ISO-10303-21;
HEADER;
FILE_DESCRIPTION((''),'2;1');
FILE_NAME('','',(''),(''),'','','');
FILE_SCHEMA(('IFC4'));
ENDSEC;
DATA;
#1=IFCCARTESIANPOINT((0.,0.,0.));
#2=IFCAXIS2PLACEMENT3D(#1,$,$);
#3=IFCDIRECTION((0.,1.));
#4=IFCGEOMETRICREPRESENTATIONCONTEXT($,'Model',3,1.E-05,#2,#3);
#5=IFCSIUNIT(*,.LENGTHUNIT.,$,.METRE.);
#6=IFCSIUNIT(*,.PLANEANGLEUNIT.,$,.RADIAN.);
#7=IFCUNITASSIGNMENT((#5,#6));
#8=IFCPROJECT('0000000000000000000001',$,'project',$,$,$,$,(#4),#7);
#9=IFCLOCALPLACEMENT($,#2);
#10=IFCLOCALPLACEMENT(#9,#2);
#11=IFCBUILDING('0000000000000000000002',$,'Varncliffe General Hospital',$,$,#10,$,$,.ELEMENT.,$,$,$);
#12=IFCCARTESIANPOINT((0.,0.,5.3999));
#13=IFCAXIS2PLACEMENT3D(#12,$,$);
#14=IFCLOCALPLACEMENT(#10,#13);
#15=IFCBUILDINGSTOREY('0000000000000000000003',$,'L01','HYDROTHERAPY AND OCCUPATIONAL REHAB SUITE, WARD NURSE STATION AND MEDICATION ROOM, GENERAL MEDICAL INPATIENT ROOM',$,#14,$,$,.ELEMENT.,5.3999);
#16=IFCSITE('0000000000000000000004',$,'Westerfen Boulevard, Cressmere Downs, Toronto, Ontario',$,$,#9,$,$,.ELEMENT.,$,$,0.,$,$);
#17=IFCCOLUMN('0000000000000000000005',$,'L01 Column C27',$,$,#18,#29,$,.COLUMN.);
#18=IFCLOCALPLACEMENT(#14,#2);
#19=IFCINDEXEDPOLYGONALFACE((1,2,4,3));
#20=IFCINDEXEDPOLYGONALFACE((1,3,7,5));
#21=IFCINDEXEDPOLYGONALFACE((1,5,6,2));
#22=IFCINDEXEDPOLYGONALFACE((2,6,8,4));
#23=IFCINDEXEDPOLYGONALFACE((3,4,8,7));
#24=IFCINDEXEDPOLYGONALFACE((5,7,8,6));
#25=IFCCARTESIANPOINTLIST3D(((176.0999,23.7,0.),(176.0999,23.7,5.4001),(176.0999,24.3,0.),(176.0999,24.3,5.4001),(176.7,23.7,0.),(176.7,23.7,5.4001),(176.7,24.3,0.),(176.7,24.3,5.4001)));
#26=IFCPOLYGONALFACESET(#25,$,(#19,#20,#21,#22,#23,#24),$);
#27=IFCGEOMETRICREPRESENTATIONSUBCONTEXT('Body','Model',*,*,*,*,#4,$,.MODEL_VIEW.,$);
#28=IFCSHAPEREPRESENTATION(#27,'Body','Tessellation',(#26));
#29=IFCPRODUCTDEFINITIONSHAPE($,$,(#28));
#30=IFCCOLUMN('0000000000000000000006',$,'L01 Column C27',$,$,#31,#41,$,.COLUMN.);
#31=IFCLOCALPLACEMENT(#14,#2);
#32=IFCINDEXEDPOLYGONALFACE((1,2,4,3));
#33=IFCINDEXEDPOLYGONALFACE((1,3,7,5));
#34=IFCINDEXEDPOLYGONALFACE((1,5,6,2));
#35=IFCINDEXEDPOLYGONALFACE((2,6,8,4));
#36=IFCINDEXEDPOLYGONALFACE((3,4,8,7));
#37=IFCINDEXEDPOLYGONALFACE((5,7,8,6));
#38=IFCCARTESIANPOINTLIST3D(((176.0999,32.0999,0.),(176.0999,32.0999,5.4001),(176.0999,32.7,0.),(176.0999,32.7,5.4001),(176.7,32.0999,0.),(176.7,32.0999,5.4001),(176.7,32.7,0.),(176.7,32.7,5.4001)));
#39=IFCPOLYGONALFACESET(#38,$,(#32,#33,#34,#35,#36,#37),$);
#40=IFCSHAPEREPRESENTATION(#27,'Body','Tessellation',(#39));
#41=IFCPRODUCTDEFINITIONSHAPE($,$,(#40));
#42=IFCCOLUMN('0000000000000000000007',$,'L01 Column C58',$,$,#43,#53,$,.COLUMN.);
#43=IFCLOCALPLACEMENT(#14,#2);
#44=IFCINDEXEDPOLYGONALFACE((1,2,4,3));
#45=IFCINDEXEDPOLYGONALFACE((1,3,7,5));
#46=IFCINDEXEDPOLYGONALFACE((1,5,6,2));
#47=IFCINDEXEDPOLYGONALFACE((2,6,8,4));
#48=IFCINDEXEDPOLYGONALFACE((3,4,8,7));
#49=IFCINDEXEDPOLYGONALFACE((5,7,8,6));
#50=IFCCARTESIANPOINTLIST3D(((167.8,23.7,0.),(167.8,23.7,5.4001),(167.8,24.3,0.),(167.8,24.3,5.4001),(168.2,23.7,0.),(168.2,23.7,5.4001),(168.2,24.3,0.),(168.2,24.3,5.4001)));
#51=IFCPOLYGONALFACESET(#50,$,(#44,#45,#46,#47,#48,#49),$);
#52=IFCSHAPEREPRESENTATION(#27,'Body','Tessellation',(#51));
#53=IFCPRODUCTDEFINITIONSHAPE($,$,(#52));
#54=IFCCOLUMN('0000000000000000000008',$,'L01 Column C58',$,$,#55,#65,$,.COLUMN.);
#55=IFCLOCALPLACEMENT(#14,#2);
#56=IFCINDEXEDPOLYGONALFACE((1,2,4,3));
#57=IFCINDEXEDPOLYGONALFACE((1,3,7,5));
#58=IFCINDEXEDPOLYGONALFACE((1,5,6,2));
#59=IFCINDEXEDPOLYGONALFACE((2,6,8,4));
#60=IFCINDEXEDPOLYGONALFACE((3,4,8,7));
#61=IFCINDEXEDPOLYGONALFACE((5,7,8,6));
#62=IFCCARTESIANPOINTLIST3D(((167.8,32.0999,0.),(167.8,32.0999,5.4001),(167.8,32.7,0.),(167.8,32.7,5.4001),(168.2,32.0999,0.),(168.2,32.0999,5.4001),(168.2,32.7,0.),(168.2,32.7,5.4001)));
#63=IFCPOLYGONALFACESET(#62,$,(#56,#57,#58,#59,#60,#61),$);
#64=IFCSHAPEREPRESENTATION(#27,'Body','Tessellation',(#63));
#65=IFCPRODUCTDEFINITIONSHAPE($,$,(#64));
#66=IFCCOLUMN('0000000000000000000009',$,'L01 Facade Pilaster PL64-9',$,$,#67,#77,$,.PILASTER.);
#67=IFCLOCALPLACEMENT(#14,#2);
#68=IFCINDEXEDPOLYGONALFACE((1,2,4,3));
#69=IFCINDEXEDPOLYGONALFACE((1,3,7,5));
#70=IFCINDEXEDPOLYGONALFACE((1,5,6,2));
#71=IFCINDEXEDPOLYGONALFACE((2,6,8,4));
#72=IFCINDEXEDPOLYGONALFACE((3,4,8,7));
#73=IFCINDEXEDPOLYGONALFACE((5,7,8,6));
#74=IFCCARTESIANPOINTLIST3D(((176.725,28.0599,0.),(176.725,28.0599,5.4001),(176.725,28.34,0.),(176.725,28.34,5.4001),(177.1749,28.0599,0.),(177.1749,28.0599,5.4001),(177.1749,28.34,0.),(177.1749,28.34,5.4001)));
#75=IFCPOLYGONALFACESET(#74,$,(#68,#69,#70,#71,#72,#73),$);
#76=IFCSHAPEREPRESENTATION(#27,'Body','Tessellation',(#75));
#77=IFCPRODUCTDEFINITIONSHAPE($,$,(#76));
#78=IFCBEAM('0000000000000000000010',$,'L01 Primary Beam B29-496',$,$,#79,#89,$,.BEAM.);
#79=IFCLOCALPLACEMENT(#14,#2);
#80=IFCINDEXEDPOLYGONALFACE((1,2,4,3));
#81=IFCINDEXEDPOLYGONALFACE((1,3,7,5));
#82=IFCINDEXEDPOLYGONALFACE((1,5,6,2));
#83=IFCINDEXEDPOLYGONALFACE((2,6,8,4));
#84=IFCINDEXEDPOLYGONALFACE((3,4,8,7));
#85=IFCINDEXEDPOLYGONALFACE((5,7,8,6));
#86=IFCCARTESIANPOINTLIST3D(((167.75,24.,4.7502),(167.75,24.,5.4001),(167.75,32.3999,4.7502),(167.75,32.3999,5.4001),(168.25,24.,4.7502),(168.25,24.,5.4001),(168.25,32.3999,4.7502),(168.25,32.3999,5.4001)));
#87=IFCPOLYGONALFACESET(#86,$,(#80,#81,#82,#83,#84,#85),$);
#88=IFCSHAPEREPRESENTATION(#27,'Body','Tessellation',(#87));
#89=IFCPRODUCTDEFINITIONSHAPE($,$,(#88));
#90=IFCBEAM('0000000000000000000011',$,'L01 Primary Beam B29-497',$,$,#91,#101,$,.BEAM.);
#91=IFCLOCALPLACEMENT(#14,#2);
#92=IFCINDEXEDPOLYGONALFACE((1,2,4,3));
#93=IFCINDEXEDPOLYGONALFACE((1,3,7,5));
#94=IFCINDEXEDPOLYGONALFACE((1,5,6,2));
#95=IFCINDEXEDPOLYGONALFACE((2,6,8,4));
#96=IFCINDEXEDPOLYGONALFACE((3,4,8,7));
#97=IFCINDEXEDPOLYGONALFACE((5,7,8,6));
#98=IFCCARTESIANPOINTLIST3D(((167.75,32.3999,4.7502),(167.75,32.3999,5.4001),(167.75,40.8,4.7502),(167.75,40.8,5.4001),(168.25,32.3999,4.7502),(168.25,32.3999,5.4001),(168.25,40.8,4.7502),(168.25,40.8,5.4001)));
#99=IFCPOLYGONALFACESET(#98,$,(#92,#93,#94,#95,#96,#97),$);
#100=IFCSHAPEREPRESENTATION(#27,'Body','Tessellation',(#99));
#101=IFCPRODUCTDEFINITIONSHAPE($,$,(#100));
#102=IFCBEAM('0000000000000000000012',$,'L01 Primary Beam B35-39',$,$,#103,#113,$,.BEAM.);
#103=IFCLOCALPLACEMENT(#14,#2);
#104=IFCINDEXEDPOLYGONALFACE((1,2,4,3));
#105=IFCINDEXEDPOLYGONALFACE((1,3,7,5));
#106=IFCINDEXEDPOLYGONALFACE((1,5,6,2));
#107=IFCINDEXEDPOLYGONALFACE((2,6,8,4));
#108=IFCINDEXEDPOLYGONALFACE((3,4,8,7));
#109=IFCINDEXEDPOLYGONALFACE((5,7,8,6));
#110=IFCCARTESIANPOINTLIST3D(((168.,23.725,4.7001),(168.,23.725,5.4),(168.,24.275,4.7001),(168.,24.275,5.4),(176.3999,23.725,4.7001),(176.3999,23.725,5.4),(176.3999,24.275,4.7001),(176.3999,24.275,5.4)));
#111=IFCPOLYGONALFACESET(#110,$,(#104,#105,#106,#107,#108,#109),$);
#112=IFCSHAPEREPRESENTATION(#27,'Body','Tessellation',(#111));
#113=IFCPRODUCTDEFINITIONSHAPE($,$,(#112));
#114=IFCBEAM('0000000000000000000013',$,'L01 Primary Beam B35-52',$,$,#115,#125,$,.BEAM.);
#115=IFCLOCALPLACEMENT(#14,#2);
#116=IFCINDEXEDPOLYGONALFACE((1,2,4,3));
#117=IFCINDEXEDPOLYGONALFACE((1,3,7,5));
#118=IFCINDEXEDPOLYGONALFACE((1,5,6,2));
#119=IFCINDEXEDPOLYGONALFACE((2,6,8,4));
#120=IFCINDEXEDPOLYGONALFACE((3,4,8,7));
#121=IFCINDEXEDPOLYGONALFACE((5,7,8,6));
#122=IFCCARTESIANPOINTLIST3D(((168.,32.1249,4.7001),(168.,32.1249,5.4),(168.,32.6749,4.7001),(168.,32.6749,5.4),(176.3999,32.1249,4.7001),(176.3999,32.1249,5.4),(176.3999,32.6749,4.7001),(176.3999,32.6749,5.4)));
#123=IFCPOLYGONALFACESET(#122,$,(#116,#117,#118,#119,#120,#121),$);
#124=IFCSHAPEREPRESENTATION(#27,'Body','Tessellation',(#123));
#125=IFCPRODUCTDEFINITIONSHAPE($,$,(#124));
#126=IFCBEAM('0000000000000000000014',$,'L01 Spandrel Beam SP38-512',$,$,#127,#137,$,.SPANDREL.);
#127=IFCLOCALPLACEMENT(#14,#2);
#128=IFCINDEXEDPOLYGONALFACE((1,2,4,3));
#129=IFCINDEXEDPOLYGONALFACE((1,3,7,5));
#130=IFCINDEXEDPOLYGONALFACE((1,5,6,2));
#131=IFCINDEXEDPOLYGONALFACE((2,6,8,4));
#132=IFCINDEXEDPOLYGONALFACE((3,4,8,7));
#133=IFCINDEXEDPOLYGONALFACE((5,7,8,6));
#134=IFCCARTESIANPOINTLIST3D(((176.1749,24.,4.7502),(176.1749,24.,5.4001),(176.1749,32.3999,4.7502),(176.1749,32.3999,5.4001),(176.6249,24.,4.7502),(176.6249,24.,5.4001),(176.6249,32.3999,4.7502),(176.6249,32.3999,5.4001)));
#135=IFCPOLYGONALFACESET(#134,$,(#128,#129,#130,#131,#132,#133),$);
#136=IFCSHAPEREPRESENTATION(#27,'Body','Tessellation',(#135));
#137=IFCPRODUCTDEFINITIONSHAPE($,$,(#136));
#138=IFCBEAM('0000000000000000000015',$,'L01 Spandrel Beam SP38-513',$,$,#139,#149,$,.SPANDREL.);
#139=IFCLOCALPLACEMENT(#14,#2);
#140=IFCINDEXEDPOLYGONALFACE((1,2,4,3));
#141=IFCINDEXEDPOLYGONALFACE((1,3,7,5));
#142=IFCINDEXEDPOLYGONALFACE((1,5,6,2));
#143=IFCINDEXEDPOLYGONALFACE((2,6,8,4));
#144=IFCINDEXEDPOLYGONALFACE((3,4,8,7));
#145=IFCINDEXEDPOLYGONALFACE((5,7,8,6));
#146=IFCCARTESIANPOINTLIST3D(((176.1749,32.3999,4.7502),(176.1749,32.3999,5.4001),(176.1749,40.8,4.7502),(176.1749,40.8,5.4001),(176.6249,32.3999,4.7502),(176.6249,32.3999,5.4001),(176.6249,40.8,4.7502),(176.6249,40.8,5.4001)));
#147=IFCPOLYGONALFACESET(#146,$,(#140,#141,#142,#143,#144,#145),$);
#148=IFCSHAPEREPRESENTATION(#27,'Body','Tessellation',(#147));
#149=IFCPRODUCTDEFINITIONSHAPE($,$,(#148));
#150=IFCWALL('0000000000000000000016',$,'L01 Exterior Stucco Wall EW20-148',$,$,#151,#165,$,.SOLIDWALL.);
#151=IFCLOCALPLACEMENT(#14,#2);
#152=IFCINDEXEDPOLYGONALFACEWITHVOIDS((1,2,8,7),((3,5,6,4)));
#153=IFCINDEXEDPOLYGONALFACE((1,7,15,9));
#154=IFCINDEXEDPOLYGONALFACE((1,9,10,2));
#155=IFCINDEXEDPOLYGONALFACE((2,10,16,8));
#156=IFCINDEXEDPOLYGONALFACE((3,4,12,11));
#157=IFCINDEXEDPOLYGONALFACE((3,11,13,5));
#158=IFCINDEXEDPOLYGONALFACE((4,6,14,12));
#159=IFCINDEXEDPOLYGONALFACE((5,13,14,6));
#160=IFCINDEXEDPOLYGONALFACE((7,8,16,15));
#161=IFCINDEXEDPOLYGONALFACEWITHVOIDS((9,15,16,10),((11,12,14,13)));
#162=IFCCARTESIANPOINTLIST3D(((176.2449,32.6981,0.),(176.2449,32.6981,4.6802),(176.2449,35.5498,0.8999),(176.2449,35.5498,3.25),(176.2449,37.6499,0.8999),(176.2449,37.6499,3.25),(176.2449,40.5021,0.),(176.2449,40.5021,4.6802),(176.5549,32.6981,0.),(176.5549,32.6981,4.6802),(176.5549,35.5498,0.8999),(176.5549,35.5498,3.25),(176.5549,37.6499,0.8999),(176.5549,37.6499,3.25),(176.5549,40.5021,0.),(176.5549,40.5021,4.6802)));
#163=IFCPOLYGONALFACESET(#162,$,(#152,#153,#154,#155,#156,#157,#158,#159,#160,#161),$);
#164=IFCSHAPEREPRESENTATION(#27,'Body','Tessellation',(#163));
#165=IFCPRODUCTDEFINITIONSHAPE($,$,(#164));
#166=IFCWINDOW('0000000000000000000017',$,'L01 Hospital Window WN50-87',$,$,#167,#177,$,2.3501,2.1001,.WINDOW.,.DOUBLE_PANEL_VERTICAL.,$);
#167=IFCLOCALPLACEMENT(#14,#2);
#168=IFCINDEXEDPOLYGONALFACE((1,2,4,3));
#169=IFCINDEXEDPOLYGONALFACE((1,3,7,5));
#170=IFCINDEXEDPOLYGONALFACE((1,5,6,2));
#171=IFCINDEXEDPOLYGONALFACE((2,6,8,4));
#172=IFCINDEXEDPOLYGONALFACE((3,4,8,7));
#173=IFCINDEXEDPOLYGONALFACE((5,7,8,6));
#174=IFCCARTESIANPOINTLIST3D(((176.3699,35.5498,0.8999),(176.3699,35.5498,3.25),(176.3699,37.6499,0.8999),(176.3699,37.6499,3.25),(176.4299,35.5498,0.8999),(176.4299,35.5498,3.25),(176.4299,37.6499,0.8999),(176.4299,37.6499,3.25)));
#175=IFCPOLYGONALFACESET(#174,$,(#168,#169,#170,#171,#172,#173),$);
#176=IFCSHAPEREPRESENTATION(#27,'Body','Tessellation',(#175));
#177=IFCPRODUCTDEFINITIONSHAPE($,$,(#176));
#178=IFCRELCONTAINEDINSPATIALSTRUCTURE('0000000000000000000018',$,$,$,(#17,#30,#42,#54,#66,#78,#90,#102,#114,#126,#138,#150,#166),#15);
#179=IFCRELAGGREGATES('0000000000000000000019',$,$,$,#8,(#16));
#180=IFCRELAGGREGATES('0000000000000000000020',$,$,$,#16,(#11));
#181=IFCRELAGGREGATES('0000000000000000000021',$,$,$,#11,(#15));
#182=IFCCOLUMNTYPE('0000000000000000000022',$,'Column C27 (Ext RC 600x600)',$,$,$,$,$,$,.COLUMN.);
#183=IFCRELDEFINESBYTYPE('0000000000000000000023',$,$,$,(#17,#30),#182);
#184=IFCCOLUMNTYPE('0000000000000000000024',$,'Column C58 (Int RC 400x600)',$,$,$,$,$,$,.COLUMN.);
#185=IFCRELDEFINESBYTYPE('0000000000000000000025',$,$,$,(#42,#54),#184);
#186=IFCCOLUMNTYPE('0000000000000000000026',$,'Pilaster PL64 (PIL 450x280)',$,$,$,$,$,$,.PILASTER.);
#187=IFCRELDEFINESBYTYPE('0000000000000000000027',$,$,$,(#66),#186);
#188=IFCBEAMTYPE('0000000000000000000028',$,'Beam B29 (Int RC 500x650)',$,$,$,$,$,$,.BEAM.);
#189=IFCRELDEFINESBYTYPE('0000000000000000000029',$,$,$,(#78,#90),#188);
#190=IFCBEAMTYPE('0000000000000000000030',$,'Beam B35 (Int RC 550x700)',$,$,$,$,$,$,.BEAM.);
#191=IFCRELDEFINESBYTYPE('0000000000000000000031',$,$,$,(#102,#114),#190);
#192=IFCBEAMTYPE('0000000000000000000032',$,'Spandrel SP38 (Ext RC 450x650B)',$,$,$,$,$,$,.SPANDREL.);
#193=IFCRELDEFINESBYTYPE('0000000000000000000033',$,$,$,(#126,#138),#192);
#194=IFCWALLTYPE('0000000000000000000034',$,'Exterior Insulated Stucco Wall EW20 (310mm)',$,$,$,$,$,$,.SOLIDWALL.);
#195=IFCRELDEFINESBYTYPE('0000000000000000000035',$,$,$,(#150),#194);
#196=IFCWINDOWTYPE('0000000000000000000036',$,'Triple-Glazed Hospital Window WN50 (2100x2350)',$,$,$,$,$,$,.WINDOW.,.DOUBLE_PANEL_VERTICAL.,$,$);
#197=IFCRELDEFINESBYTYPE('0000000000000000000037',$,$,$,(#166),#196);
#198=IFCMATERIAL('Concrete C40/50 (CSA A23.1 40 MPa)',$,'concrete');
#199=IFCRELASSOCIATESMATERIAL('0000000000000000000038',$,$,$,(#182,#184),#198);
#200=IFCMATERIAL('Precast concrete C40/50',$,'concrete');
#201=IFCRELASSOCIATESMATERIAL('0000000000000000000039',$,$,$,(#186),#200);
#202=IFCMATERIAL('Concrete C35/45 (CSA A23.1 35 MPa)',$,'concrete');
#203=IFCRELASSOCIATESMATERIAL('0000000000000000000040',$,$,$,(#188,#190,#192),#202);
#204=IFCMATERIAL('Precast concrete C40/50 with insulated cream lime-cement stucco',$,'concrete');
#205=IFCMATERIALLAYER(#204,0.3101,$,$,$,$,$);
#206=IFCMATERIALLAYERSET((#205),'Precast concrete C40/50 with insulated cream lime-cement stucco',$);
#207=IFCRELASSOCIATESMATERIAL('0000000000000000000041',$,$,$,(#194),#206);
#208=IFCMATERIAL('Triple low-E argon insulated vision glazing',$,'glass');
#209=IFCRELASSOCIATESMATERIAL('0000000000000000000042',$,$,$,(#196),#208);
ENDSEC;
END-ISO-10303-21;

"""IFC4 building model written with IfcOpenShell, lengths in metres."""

from ifc_helpers import new_model, si_unit, direction, frame, frame_2d, origin, origin_2d, place, context, subcontext, project, spatial, rectangle, extrude, material, layer, layer_set, material_profile, profile_set, type_object, element, fill, save


model = new_model("IFC4")

# Units and contexts
model_context = context("Model", 3, precision=1e-05, world=origin(), true_north=direction((0.0, 1.0)))
body_context = subcontext(model_context, "Body", "Model", "MODEL_VIEW")
ifc_project = project(units=[si_unit("LENGTHUNIT", "METRE"), si_unit("PLANEANGLEUNIT", "RADIAN")], contexts=[model_context])

# Site, building, storey
site_placement = place(None, origin())
site = spatial("IfcSite", under=ifc_project, at=site_placement, Name="Westerfen Boulevard, Cressmere Downs, Toronto, Ontario", CompositionType="ELEMENT", RefElevation=0.0)
building_placement = place(site_placement, origin())
building = spatial("IfcBuilding", under=site, at=building_placement, Name="Varncliffe General Hospital", CompositionType="ELEMENT")
storey_placement = place(building_placement, frame((0.0, 0.0, 5.3999)))
storey = spatial("IfcBuildingStorey", under=building, at=storey_placement, Name="L01", Description="HYDROTHERAPY AND OCCUPATIONAL REHAB SUITE, WARD NURSE STATION AND MEDICATION ROOM, GENERAL MEDICAL INPATIENT ROOM", CompositionType="ELEMENT", Elevation=5.3999)

# Columns
ifc_material_1 = material(Name="Concrete C40/50 (CSA A23.1 40 MPa)", Category="concrete")
ifc_material_profile_1 = material_profile(ifc_material_1, rectangle(XDim=0.6001, YDim=0.6001, at=origin_2d()), Name="RC 600x600")
ifc_profile_set_1 = profile_set([ifc_material_profile_1], Name="Concrete C40/50 (CSA A23.1 40 MPa)")
column_type_1 = type_object("IfcColumnType", Name="Column C27 (Ext RC 600x600)", PredefinedType="COLUMN", material=ifc_profile_set_1)
for number, where, z_axis, x_axis, name in (
    (1, (176.3999, 24.0, 0.0), (0.0, 0.0, 1.0), (1.0, 0.0, 0.0), "L01 Column C27"),
    (2, (176.3999, 32.3999, 0.0), (0.0, 0.0, 1.0), (1.0, 0.0, 0.0), "L01 Column C27"),
):
    element("IfcColumn", number, at=place(storey_placement, frame(where, z_axis=z_axis, x_axis=x_axis)), inside=storey, type_object=column_type_1, Name=name, PredefinedType="COLUMN", context=body_context, shape_type="SweptSolid", body=[
        extrude(rectangle(XDim=0.6001, YDim=0.6001, at=origin_2d()), origin(), (0.0, 0.0, 1.0), 5.4001),
    ])
ifc_material_profile_2 = material_profile(ifc_material_1, rectangle(XDim=0.3999, YDim=0.6001, at=origin_2d()), Name="RC 400x600")
ifc_profile_set_2 = profile_set([ifc_material_profile_2], Name="Concrete C40/50 (CSA A23.1 40 MPa)")
column_type_2 = type_object("IfcColumnType", Name="Column C58 (Int RC 400x600)", PredefinedType="COLUMN", material=ifc_profile_set_2)
for number, where, z_axis, x_axis, name in (
    (3, (168.0, 24.0, 0.0), (0.0, 0.0, 1.0), (1.0, 0.0, 0.0), "L01 Column C58"),
    (4, (168.0, 32.3999, 0.0), (0.0, 0.0, 1.0), (1.0, 0.0, 0.0), "L01 Column C58"),
):
    element("IfcColumn", number, at=place(storey_placement, frame(where, z_axis=z_axis, x_axis=x_axis)), inside=storey, type_object=column_type_2, Name=name, PredefinedType="COLUMN", context=body_context, shape_type="SweptSolid", body=[
        extrude(rectangle(XDim=0.3999, YDim=0.6001, at=origin_2d()), origin(), (0.0, 0.0, 1.0), 5.4001),
    ])
ifc_material_2 = material(Name="Precast concrete C40/50", Category="concrete")
ifc_material_profile_3 = material_profile(ifc_material_2, rectangle(XDim=0.45, YDim=0.28, at=origin_2d()), Name="PIL 450x280")
ifc_profile_set_3 = profile_set([ifc_material_profile_3], Name="Precast concrete C40/50")
column_type_3 = type_object("IfcColumnType", Name="Pilaster PL64 (PIL 450x280)", PredefinedType="PILASTER", material=ifc_profile_set_3)
column_placement = place(storey_placement, frame((176.95, 28.2, 0.0), z_axis=(0.0, 0.0, 1.0), x_axis=(1.0, 0.0, 0.0)))
element("IfcColumn", 5, at=column_placement, inside=storey, type_object=column_type_3, Name="L01 Facade Pilaster PL64-9", PredefinedType="PILASTER", context=body_context, shape_type="SweptSolid", body=[
    extrude(rectangle(XDim=0.45, YDim=0.28, at=origin_2d()), origin(), (0.0, 0.0, 1.0), 5.4001),
])

# Beams
ifc_material_3 = material(Name="Concrete C35/45 (CSA A23.1 35 MPa)", Category="concrete")
ifc_material_profile_4 = material_profile(ifc_material_3, rectangle(XDim=0.5, YDim=0.6499, at=origin_2d()), Name="RC 500x650")
ifc_profile_set_4 = profile_set([ifc_material_profile_4], Name="Concrete C35/45 (CSA A23.1 35 MPa)")
beam_type_1 = type_object("IfcBeamType", Name="Beam B29 (Int RC 500x650)", PredefinedType="BEAM", material=ifc_profile_set_4)
beam_1_placement = place(storey_placement, frame((168.0, 24.0, 5.0752), z_axis=(0.0, 1.0, 0.0), x_axis=(-1.0, 0.0, 0.0)))
element("IfcBeam", 6, at=beam_1_placement, inside=storey, type_object=beam_type_1, Name="L01 Primary Beam B29-496", PredefinedType="BEAM", context=body_context, shape_type="SweptSolid", body=[
    extrude(rectangle(XDim=0.5, YDim=0.6499, at=origin_2d()), origin(), (0.0, 0.0, 1.0), 8.3999),
])
beam_2_placement = place(storey_placement, frame((168.0, 32.3999, 5.0752), z_axis=(0.0, 1.0, 0.0), x_axis=(-1.0, 0.0, 0.0)))
element("IfcBeam", 7, at=beam_2_placement, inside=storey, type_object=beam_type_1, Name="L01 Primary Beam B29-497", PredefinedType="BEAM", context=body_context, shape_type="SweptSolid", body=[
    extrude(rectangle(XDim=0.5, YDim=0.6499, at=origin_2d()), origin(), (0.0, 0.0, 1.0), 8.4001),
])
ifc_material_profile_5 = material_profile(ifc_material_3, rectangle(XDim=0.55, YDim=0.7, at=origin_2d()), Name="RC 550x700")
ifc_profile_set_5 = profile_set([ifc_material_profile_5], Name="Concrete C35/45 (CSA A23.1 35 MPa)")
beam_type_2 = type_object("IfcBeamType", Name="Beam B35 (Int RC 550x700)", PredefinedType="BEAM", material=ifc_profile_set_5)
for number, where, z_axis, x_axis, name in (
    (8, (168.0, 24.0, 5.05), (1.0, 0.0, 0.0), (0.0, 1.0, 0.0), "L01 Primary Beam B35-39"),
    (9, (168.0, 32.3999, 5.05), (1.0, 0.0, 0.0), (0.0, 1.0, 0.0), "L01 Primary Beam B35-52"),
):
    element("IfcBeam", number, at=place(storey_placement, frame(where, z_axis=z_axis, x_axis=x_axis)), inside=storey, type_object=beam_type_2, Name=name, PredefinedType="BEAM", context=body_context, shape_type="SweptSolid", body=[
        extrude(rectangle(XDim=0.55, YDim=0.7, at=origin_2d()), origin(), (0.0, 0.0, 1.0), 8.3999),
    ])
ifc_material_profile_6 = material_profile(ifc_material_3, rectangle(XDim=0.45, YDim=0.6499, at=origin_2d()), Name="RC 450x650")
ifc_profile_set_6 = profile_set([ifc_material_profile_6], Name="Concrete C35/45 (CSA A23.1 35 MPa)")
beam_type_3 = type_object("IfcBeamType", Name="Spandrel SP38 (Ext RC 450x650B)", PredefinedType="SPANDREL", material=ifc_profile_set_6)
beam_3_placement = place(storey_placement, frame((176.3999, 24.0, 5.0752), z_axis=(0.0, 1.0, 0.0), x_axis=(-1.0, 0.0, 0.0)))
element("IfcBeam", 10, at=beam_3_placement, inside=storey, type_object=beam_type_3, Name="L01 Spandrel Beam SP38-512", PredefinedType="SPANDREL", context=body_context, shape_type="SweptSolid", body=[
    extrude(rectangle(XDim=0.45, YDim=0.6499, at=origin_2d()), origin(), (0.0, 0.0, 1.0), 8.3999),
])
beam_4_placement = place(storey_placement, frame((176.3999, 32.3999, 5.0752), z_axis=(0.0, 1.0, 0.0), x_axis=(-1.0, 0.0, 0.0)))
element("IfcBeam", 11, at=beam_4_placement, inside=storey, type_object=beam_type_3, Name="L01 Spandrel Beam SP38-513", PredefinedType="SPANDREL", context=body_context, shape_type="SweptSolid", body=[
    extrude(rectangle(XDim=0.45, YDim=0.6499, at=origin_2d()), origin(), (0.0, 0.0, 1.0), 8.4001),
])

# Wall, opening, window
ifc_material_4 = material(Name="Precast concrete C40/50 with insulated cream lime-cement stucco", Category="concrete")
ifc_layer_1 = layer(ifc_material_4, 0.3101)
ifc_layer_set_1 = layer_set([ifc_layer_1], Name="Precast concrete C40/50 with insulated cream lime-cement stucco")
wall_type_1 = type_object("IfcWallType", Name="Exterior Insulated Stucco Wall EW20 (310mm)", PredefinedType="SOLIDWALL", material=ifc_layer_set_1)
wall_1_placement = place(storey_placement, frame((176.3999, 40.502, 0.0), z_axis=(0.0, 0.0, 1.0), x_axis=(0.0, -1.0, 0.0)))
wall_1 = element("IfcWall", 12, at=wall_1_placement, inside=storey, type_object=wall_type_1, Name="L01 Exterior Stucco Wall EW20-148", PredefinedType="SOLIDWALL", context=body_context, shape_type="SweptSolid", body=[
    extrude(rectangle(XDim=7.804, YDim=0.3101, at=frame_2d((3.9019, 0.0))), origin(), (0.0, 0.0, 1.0), 4.6802),
])
opening_1_placement = place(wall_1_placement, frame((2.8521, 0.0, 0.8999)))
opening_1 = element("IfcOpeningElement", 13, at=opening_1_placement, cuts=wall_1, PredefinedType="OPENING", context=body_context, shape_type="SweptSolid", body=[
    extrude(rectangle(XDim=2.1001, YDim=2.3501, at=frame_2d((1.05, 1.175))), frame((0.0, 0.165, 0.0), z_axis=(0.0, -1.0, 0.0), x_axis=(1.0, 0.0, 0.0)), (0.0, 0.0, 1.0), 0.3301),
])
ifc_material_5 = material(Name="Triple low-E argon insulated vision glazing", Category="glass")
window_type_1 = type_object("IfcWindowType", Name="Triple-Glazed Hospital Window WN50 (2100x2350)", PartitioningType="DOUBLE_PANEL_VERTICAL", PredefinedType="WINDOW", material=ifc_material_5)
window_1_placement = place(opening_1_placement, origin())
window_1 = element("IfcWindow", 14, at=window_1_placement, inside=storey, type_object=window_type_1, Name="L01 Hospital Window WN50-87", OverallHeight=2.3501, OverallWidth=2.1001, PartitioningType="DOUBLE_PANEL_VERTICAL", PredefinedType="WINDOW", context=body_context, shape_type="SweptSolid", body=[
    extrude(rectangle(XDim=2.1001, YDim=2.3501, at=frame_2d((1.05, 1.175))), frame((0.0, 0.03, 0.0), z_axis=(0.0, -1.0, 0.0), x_axis=(1.0, 0.0, 0.0)), (0.0, 0.0, 1.0), 0.0601),
])
fill(opening_1, window_1)

save(model, "model.ifc")
